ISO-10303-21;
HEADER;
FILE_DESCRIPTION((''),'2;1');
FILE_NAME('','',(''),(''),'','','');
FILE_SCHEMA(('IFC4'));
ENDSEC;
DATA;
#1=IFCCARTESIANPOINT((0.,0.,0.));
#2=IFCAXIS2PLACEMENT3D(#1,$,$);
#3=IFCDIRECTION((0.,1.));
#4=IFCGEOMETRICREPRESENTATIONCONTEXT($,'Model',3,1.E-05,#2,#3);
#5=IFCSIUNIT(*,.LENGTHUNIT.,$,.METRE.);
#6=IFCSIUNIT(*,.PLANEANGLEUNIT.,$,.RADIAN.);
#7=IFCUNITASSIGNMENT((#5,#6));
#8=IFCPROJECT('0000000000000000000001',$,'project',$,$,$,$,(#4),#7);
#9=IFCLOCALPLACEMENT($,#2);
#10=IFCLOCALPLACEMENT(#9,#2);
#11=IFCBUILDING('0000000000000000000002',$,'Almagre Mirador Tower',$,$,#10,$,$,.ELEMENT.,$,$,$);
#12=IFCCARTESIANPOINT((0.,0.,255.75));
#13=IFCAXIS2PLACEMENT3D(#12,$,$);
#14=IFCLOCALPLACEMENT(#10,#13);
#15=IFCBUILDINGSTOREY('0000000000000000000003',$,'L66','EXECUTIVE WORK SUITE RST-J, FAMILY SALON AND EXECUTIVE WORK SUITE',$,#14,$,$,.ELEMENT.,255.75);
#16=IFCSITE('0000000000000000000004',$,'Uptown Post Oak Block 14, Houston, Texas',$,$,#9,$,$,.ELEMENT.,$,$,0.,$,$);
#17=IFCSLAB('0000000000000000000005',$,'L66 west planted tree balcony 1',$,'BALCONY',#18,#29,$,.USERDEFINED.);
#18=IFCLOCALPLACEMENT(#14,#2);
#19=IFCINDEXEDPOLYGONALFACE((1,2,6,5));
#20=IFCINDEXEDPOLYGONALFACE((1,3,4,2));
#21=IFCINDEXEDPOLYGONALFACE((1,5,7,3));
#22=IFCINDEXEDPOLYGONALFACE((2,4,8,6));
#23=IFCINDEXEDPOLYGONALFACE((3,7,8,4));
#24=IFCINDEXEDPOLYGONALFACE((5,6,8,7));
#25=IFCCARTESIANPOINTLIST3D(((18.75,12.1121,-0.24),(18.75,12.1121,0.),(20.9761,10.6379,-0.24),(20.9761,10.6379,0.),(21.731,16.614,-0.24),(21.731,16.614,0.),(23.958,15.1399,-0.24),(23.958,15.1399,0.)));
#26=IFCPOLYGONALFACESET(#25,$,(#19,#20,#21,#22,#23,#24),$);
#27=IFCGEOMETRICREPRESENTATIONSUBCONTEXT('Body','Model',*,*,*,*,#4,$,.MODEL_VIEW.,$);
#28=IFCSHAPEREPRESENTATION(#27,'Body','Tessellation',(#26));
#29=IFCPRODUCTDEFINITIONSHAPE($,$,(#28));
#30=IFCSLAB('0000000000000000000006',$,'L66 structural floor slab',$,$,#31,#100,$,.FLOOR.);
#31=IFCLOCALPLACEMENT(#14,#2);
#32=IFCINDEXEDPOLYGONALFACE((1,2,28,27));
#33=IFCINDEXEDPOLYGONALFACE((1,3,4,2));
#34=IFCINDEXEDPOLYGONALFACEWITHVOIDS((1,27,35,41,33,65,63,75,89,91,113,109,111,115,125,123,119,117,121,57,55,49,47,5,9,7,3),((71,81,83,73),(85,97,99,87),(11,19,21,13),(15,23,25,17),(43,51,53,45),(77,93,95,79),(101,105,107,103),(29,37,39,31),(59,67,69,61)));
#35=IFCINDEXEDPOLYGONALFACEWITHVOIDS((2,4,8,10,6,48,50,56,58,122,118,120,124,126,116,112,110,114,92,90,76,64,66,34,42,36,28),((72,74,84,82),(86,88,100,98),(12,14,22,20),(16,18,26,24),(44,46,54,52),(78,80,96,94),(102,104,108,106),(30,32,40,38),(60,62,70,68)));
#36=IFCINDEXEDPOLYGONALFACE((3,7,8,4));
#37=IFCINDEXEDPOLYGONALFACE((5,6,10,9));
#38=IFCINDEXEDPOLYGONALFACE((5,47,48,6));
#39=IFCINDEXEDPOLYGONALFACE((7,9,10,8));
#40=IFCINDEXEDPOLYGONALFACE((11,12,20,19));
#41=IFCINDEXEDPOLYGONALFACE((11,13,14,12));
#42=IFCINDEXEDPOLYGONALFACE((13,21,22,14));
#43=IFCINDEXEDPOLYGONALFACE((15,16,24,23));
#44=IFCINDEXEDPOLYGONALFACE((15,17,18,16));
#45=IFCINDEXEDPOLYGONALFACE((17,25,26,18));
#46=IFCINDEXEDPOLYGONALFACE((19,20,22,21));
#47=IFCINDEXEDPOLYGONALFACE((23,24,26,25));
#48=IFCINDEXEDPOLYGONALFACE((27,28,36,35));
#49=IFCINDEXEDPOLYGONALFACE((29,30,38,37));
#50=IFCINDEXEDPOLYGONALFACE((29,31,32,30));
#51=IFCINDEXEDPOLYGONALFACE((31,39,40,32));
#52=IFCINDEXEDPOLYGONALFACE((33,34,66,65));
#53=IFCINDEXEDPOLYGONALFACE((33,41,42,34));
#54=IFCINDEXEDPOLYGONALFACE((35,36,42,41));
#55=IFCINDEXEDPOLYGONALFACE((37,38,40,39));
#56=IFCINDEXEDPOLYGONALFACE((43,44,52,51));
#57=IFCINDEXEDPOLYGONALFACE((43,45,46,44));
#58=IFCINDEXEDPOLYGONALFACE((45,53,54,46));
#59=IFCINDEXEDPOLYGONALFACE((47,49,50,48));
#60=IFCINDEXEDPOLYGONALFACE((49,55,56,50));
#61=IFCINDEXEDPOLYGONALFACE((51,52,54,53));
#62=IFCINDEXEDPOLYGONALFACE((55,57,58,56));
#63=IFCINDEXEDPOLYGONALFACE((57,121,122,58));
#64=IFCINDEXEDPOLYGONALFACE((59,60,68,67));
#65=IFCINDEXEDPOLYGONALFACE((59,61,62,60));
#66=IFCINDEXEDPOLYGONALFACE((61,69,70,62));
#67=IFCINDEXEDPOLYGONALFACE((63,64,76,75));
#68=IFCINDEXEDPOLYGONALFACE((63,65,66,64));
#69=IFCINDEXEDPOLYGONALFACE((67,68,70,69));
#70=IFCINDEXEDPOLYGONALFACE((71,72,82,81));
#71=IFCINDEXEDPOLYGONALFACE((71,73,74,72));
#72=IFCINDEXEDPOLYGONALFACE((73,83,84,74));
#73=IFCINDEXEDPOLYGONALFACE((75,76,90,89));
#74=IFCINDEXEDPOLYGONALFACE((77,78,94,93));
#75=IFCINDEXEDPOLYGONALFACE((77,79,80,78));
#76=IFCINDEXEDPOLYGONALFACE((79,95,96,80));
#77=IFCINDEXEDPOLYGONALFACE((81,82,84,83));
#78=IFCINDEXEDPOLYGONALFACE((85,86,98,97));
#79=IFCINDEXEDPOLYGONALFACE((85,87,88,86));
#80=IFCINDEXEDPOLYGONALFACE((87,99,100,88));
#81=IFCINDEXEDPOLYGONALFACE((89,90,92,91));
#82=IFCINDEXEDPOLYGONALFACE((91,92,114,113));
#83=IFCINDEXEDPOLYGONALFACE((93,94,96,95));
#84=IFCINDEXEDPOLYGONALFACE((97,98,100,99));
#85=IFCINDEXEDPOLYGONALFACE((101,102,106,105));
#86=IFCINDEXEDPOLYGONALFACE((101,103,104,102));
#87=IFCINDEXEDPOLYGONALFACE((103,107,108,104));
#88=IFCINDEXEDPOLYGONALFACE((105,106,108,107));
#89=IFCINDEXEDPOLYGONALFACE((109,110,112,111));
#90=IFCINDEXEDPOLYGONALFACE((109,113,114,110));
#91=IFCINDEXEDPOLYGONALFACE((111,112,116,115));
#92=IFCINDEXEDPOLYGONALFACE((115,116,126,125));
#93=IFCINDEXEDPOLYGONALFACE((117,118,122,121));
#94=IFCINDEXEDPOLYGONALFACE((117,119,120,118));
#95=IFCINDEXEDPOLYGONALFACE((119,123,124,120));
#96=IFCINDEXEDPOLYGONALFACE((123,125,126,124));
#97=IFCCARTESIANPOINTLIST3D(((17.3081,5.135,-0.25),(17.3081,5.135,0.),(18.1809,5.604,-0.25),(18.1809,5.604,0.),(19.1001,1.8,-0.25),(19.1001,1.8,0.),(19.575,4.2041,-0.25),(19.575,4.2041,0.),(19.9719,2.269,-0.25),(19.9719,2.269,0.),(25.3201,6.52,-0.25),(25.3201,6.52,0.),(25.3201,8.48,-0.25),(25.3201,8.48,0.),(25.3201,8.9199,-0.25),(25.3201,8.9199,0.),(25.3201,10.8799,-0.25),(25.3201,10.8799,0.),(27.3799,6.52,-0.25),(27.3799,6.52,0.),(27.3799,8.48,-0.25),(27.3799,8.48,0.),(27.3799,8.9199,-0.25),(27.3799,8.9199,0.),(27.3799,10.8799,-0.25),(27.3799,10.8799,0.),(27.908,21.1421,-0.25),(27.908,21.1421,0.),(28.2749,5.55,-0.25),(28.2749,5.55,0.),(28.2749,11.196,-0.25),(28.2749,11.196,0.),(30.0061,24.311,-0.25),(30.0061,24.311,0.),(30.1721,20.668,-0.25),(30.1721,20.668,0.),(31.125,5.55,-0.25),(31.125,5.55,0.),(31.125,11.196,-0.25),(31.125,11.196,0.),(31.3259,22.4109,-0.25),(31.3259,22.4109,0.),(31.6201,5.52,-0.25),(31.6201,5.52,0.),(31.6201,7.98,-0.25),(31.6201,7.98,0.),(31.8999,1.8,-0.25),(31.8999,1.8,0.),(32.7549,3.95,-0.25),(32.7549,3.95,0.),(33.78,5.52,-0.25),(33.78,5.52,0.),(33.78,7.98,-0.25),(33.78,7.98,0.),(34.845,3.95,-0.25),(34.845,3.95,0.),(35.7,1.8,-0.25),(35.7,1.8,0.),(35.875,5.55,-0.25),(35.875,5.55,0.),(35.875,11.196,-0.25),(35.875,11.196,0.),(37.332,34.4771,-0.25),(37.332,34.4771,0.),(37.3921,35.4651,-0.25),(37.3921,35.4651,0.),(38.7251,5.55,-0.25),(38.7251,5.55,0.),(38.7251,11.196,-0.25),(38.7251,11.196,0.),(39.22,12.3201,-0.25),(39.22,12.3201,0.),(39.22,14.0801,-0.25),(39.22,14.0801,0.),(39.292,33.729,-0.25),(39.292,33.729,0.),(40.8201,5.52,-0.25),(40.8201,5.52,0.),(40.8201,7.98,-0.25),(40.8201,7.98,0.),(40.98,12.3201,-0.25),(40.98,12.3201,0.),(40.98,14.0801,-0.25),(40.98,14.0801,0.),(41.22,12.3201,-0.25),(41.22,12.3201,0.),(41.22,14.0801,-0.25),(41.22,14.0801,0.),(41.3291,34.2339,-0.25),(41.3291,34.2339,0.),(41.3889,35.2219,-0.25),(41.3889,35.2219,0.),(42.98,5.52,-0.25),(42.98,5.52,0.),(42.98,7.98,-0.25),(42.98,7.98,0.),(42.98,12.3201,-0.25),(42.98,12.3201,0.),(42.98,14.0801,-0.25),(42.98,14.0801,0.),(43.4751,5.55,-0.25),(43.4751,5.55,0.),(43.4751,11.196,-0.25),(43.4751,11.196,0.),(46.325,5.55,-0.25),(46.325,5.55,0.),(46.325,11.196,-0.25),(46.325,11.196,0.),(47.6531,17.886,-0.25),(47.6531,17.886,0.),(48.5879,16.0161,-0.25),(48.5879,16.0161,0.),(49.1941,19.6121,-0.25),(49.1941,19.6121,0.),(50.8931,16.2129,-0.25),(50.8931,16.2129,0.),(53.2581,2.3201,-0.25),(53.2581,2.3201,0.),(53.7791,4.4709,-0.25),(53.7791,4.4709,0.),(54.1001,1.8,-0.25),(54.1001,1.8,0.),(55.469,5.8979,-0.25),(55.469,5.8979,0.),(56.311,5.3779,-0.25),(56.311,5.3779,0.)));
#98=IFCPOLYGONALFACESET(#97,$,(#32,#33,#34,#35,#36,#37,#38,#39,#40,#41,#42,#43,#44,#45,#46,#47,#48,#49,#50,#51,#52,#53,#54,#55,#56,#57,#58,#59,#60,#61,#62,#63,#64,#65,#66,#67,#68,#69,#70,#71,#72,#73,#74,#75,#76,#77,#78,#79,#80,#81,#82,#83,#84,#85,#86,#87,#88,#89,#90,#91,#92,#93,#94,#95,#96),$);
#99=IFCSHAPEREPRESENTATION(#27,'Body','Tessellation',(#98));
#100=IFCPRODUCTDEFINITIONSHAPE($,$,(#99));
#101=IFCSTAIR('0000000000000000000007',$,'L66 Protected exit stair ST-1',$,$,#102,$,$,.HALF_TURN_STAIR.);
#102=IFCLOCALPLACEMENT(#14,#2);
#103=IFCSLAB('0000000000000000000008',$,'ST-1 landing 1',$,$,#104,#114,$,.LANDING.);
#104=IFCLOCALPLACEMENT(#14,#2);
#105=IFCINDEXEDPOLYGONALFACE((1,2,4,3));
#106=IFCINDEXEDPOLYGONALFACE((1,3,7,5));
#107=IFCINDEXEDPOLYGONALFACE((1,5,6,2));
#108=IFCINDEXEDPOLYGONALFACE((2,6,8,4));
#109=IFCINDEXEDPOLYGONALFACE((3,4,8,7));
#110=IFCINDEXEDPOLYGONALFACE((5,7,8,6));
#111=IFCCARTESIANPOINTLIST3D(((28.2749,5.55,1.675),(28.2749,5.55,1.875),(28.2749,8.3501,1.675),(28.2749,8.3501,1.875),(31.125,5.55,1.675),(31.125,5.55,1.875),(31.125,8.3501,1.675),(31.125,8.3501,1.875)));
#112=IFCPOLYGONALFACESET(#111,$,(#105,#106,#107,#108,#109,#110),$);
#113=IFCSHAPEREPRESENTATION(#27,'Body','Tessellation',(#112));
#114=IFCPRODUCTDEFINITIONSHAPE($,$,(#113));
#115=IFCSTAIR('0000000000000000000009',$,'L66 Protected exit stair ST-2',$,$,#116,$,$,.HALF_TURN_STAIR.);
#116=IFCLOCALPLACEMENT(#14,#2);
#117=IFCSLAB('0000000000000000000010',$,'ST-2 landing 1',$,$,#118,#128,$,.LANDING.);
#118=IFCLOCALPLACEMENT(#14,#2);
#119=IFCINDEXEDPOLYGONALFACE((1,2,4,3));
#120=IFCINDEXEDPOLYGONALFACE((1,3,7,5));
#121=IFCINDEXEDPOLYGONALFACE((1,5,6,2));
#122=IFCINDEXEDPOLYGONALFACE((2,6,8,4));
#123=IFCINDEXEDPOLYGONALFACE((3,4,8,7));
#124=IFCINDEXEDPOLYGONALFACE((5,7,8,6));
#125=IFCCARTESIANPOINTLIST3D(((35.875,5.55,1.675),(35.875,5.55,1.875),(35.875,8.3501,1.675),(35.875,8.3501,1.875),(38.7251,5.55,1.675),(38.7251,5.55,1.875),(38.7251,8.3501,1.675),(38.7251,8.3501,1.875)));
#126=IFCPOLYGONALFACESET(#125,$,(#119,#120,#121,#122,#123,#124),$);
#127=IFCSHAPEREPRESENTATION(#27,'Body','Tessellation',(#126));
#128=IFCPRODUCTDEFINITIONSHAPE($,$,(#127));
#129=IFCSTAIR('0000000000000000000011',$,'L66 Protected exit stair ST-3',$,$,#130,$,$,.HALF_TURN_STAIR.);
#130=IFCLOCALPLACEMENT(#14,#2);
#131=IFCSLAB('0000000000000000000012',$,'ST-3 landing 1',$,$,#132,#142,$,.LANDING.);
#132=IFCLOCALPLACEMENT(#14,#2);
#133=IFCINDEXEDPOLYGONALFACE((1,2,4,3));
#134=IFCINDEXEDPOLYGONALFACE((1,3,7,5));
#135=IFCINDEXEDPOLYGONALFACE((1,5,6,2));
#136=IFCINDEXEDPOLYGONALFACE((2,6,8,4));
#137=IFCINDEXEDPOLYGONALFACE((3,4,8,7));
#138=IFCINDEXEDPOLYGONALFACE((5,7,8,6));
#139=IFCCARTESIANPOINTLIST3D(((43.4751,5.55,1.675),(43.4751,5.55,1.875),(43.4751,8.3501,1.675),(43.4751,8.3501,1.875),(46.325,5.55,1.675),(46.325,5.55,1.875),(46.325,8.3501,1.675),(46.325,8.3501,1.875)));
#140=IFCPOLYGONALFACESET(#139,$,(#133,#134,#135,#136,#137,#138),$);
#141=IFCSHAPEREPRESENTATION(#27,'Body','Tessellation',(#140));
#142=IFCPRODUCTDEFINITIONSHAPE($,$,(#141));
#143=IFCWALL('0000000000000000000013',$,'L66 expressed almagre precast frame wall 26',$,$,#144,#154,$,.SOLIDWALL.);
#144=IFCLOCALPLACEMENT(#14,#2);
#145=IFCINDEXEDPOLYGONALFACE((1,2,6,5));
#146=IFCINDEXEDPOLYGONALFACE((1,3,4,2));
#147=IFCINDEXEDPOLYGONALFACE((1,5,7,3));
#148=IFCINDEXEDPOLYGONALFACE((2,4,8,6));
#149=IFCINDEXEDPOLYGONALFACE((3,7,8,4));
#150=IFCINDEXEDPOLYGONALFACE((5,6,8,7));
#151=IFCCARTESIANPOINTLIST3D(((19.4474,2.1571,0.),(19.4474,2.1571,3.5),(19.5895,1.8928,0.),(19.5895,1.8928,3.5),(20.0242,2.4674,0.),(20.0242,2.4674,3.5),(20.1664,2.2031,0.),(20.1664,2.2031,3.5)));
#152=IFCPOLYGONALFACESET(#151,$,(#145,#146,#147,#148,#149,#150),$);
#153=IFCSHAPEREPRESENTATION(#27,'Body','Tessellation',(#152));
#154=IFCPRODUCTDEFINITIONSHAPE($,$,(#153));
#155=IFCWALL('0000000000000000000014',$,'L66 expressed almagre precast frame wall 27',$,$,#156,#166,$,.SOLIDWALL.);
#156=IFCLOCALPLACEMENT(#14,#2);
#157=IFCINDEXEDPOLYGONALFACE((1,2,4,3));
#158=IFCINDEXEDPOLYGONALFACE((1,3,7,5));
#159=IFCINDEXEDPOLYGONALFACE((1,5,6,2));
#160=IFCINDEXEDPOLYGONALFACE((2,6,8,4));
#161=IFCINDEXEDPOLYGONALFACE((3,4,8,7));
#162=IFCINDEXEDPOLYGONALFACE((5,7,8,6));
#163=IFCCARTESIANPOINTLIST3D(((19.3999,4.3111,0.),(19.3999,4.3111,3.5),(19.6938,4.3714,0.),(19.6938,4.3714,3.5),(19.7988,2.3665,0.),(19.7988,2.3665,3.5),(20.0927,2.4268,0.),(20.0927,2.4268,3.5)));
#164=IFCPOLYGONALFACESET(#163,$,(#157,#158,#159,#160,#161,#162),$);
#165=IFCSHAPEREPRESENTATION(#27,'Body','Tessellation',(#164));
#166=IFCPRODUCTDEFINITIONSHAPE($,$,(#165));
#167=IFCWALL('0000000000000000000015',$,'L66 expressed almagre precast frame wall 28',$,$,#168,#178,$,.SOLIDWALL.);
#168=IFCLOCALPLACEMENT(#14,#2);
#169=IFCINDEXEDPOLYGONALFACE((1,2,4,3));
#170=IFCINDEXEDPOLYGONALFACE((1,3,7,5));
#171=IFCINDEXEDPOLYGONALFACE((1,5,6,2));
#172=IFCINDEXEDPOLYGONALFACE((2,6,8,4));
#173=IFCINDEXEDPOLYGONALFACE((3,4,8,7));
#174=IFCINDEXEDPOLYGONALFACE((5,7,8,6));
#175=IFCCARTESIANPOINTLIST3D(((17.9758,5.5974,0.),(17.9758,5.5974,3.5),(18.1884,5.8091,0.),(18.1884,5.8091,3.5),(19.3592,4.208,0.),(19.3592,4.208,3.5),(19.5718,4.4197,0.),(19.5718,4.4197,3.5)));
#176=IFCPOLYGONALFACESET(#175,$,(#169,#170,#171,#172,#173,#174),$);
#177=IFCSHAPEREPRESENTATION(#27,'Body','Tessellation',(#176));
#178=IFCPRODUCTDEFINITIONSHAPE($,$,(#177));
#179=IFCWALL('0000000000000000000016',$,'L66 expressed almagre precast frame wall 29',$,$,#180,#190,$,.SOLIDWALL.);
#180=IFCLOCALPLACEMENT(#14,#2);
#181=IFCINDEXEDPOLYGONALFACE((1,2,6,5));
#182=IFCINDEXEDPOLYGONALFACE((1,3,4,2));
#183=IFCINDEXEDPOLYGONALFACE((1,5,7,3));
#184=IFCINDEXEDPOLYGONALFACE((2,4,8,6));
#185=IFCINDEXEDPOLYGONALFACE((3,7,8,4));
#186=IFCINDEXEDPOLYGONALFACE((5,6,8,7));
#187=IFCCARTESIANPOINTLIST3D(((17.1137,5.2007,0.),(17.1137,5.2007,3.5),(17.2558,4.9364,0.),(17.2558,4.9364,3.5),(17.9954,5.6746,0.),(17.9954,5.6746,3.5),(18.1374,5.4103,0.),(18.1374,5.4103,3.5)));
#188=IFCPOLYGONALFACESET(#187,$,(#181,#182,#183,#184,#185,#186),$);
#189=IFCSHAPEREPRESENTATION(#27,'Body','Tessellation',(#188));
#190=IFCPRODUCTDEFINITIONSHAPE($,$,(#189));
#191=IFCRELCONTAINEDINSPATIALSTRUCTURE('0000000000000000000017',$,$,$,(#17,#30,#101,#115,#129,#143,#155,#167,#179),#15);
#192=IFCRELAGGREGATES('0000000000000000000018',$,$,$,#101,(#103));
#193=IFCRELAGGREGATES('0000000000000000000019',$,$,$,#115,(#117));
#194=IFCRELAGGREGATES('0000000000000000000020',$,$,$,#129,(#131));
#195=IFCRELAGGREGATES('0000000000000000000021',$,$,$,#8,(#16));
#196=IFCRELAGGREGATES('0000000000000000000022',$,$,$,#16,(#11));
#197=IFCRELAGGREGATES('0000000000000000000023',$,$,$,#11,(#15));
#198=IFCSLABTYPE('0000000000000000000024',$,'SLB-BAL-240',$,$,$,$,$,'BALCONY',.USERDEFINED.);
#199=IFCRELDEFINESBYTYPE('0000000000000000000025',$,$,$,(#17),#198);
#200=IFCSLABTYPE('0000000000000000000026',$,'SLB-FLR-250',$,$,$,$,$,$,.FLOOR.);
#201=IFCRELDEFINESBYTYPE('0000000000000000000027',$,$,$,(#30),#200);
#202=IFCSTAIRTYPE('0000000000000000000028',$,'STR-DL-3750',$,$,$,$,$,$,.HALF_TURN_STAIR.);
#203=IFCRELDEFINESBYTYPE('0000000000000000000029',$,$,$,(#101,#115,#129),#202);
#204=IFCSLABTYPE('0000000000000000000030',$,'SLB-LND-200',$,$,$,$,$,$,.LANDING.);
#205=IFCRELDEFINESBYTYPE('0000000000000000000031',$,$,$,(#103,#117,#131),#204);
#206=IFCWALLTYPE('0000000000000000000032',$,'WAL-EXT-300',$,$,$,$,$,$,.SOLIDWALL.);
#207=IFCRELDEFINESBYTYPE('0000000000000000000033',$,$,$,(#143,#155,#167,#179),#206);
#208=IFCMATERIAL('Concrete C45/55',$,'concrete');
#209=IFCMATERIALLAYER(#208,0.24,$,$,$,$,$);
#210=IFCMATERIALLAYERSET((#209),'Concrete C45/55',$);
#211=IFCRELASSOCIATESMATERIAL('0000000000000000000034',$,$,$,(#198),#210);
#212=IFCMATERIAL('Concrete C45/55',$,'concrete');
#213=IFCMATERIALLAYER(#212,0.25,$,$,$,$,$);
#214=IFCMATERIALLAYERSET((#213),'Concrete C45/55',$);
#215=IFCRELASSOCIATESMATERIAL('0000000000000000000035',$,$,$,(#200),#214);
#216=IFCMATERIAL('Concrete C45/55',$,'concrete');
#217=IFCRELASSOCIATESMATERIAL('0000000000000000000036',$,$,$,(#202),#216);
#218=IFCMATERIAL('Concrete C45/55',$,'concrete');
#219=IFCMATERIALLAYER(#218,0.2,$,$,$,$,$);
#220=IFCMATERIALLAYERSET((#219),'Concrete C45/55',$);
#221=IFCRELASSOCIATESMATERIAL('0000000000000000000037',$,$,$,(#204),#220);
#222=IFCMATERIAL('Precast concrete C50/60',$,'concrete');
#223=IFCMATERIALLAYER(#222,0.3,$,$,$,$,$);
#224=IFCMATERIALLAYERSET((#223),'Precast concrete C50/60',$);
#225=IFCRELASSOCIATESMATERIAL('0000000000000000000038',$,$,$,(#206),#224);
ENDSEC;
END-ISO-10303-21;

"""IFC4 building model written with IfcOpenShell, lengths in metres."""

from ifc_helpers import new_model, si_unit, direction, frame, frame_2d, origin, place, context, subcontext, project, spatial, polyline, rectangle, outline, extrude, material, layer, layer_set, type_object, element, aggregate, save


model = new_model("IFC4")

# Units and contexts
model_context = context("Model", 3, precision=1e-05, world=origin(), true_north=direction((0.0, 1.0)))
body_context = subcontext(model_context, "Body", "Model", "MODEL_VIEW")
ifc_project = project(units=[si_unit("LENGTHUNIT", "METRE"), si_unit("PLANEANGLEUNIT", "RADIAN")], contexts=[model_context])

# Site, building, storey
site_placement = place(None, origin())
site = spatial("IfcSite", under=ifc_project, at=site_placement, Name="Uptown Post Oak Block 14, Houston, Texas", CompositionType="ELEMENT", RefElevation=0.0)
building_placement = place(site_placement, origin())
building = spatial("IfcBuilding", under=site, at=building_placement, Name="Almagre Mirador Tower", CompositionType="ELEMENT")
storey_placement = place(building_placement, frame((0.0, 0.0, 255.75)))
storey = spatial("IfcBuildingStorey", under=building, at=storey_placement, Name="L66", Description="EXECUTIVE WORK SUITE RST-J, FAMILY SALON AND EXECUTIVE WORK SUITE", CompositionType="ELEMENT", Elevation=255.75)

# Slabs
ifc_material_1 = material(Name="Concrete C45/55", Category="concrete")
ifc_layer_1 = layer(ifc_material_1, 0.24)
ifc_layer_set_1 = layer_set([ifc_layer_1], Name="Concrete C45/55")
slab_type_1 = type_object("IfcSlabType", Name="SLB-BAL-240", ElementType="BALCONY", PredefinedType="USERDEFINED", material=ifc_layer_set_1)
slab_1_placement = place(storey_placement, frame((0.0, 0.0, -0.24)))
element("IfcSlab", 1, at=slab_1_placement, inside=storey, type_object=slab_type_1, Name="L66 west planted tree balcony 1", ObjectType="BALCONY", PredefinedType="USERDEFINED", context=body_context, shape_type="SweptSolid", body=[
    extrude(outline(polyline([(23.958, 15.1399), (20.9761, 10.6379), (18.75, 12.1121), (21.731, 16.614), (23.958, 15.1399)])), origin(), (0.0, 0.0, 1.0), 0.24),
])
ifc_material_2 = material(Name="Concrete C45/55", Category="concrete")
ifc_layer_2 = layer(ifc_material_2, 0.25)
ifc_layer_set_2 = layer_set([ifc_layer_2], Name="Concrete C45/55")
slab_type_2 = type_object("IfcSlabType", Name="SLB-FLR-250", PredefinedType="FLOOR", material=ifc_layer_set_2)
slab_2_placement = place(storey_placement, frame((0.0, 0.0, -0.25)))
element("IfcSlab", 2, at=slab_2_placement, inside=storey, type_object=slab_type_2, Name="L66 structural floor slab", PredefinedType="FLOOR", context=body_context, shape_type="SweptSolid", body=[
    extrude(outline(polyline([(17.3081, 5.135), (18.1809, 5.604), (19.575, 4.2041), (19.9719, 2.269), (19.1001, 1.8), (31.8999, 1.8), (32.7549, 3.95), (34.845, 3.95), (35.7, 1.8), (54.1001, 1.8), (53.2581, 2.3201), (53.7791, 4.4709), (55.469, 5.8979), (56.311, 5.3779), (50.8931, 16.2129), (48.5879, 16.0161), (47.6531, 17.886), (49.1941, 19.6121), (41.3889, 35.2219), (41.3291, 34.2339), (39.292, 33.729), (37.332, 34.4771), (37.3921, 35.4651), (30.0061, 24.311), (31.3259, 22.4109), (30.1721, 20.668), (27.908, 21.1421), (17.3081, 5.135)]), holes=[polyline([(43.4751, 5.55), (43.4751, 11.196), (46.325, 11.196), (46.325, 5.55), (43.4751, 5.55)]), polyline([(41.22, 12.3201), (41.22, 14.0801), (42.98, 14.0801), (42.98, 12.3201), (41.22, 12.3201)]), polyline([(42.98, 5.52), (40.8201, 5.52), (40.8201, 7.98), (42.98, 7.98), (42.98, 5.52)]), polyline([(39.22, 12.3201), (39.22, 14.0801), (40.98, 14.0801), (40.98, 12.3201), (39.22, 12.3201)]), polyline([(35.875, 5.55), (35.875, 11.196), (38.7251, 11.196), (38.7251, 5.55), (35.875, 5.55)]), polyline([(33.78, 5.52), (31.6201, 5.52), (31.6201, 7.98), (33.78, 7.98), (33.78, 5.52)]), polyline([(28.2749, 5.55), (28.2749, 11.196), (31.125, 11.196), (31.125, 5.55), (28.2749, 5.55)]), polyline([(27.3799, 6.52), (25.3201, 6.52), (25.3201, 8.48), (27.3799, 8.48), (27.3799, 6.52)]), polyline([(27.3799, 8.9199), (25.3201, 8.9199), (25.3201, 10.8799), (27.3799, 10.8799), (27.3799, 8.9199)])]), origin(), (0.0, 0.0, 1.0), 0.25),
])

# Stairs, slabs
ifc_material_3 = material(Name="Concrete C45/55", Category="concrete")
stair_type = type_object("IfcStairType", Name="STR-DL-3750", PredefinedType="HALF_TURN_STAIR", material=ifc_material_3)
stair_1_placement = place(storey_placement, origin())
stair_1 = element("IfcStair", 3, at=stair_1_placement, inside=storey, type_object=stair_type, Name="L66 Protected exit stair ST-1", PredefinedType="HALF_TURN_STAIR")
ifc_material_4 = material(Name="Concrete C45/55", Category="concrete")
ifc_layer_3 = layer(ifc_material_4, 0.2)
ifc_layer_set_3 = layer_set([ifc_layer_3], Name="Concrete C45/55")
slab_type_3 = type_object("IfcSlabType", Name="SLB-LND-200", PredefinedType="LANDING", material=ifc_layer_set_3)
slab_3_placement = place(storey_placement, frame((0.0, 0.0, 1.675)))
slab_3 = element("IfcSlab", 4, at=slab_3_placement, type_object=slab_type_3, Name="ST-1 landing 1", PredefinedType="LANDING", context=body_context, shape_type="SweptSolid", body=[
    extrude(outline(polyline([(28.2749, 8.3501), (28.2749, 5.55), (31.125, 5.55), (31.125, 8.3501), (28.2749, 8.3501)])), origin(), (0.0, 0.0, 1.0), 0.2),
])
aggregate(stair_1, [slab_3])
stair_2_placement = place(storey_placement, origin())
stair_2 = element("IfcStair", 5, at=stair_2_placement, inside=storey, type_object=stair_type, Name="L66 Protected exit stair ST-2", PredefinedType="HALF_TURN_STAIR")
slab_4_placement = place(storey_placement, frame((0.0, 0.0, 1.675)))
slab_4 = element("IfcSlab", 6, at=slab_4_placement, type_object=slab_type_3, Name="ST-2 landing 1", PredefinedType="LANDING", context=body_context, shape_type="SweptSolid", body=[
    extrude(outline(polyline([(35.875, 8.3501), (35.875, 5.55), (38.7251, 5.55), (38.7251, 8.3501), (35.875, 8.3501)])), origin(), (0.0, 0.0, 1.0), 0.2),
])
aggregate(stair_2, [slab_4])
stair_3_placement = place(storey_placement, origin())
stair_3 = element("IfcStair", 7, at=stair_3_placement, inside=storey, type_object=stair_type, Name="L66 Protected exit stair ST-3", PredefinedType="HALF_TURN_STAIR")
slab_5_placement = place(storey_placement, frame((0.0, 0.0, 1.675)))
slab_5 = element("IfcSlab", 8, at=slab_5_placement, type_object=slab_type_3, Name="ST-3 landing 1", PredefinedType="LANDING", context=body_context, shape_type="SweptSolid", body=[
    extrude(outline(polyline([(43.4751, 8.3501), (43.4751, 5.55), (46.325, 5.55), (46.325, 8.3501), (43.4751, 8.3501)])), origin(), (0.0, 0.0, 1.0), 0.2),
])
aggregate(stair_3, [slab_5])

# Walls
ifc_material_5 = material(Name="Precast concrete C50/60", Category="concrete")
ifc_layer_4 = layer(ifc_material_5, 0.3)
ifc_layer_set_4 = layer_set([ifc_layer_4], Name="Precast concrete C50/60")
wall_type_1 = type_object("IfcWallType", Name="WAL-EXT-300", PredefinedType="SOLIDWALL", material=ifc_layer_set_4)
wall_1_placement = place(storey_placement, frame((19.5183, 2.0249, 0.0), z_axis=(0.0, 0.0, 1.0), x_axis=(0.880686, 0.4737, 0.0)))
element("IfcWall", 9, at=wall_1_placement, inside=storey, type_object=wall_type_1, Name="L66 expressed almagre precast frame wall 26", PredefinedType="SOLIDWALL", context=body_context, shape_type="SweptSolid", body=[
    extrude(rectangle(XDim=0.655, YDim=0.3, at=frame_2d((0.3276, 0.0))), origin(), (0.0, 0.0, 1.0), 3.5),
])
wall_2_placement = place(storey_placement, frame((19.9458, 2.3965, 0.0), z_axis=(0.0, 0.0, 1.0), x_axis=(-0.200962, 0.979599, 0.0)))
element("IfcWall", 10, at=wall_2_placement, inside=storey, type_object=wall_type_1, Name="L66 expressed almagre precast frame wall 27", PredefinedType="SOLIDWALL", context=body_context, shape_type="SweptSolid", body=[
    extrude(rectangle(XDim=1.9851, YDim=0.3, at=frame_2d((0.9927, 0.0))), origin(), (0.0, 0.0, 1.0), 3.5),
])
wall_3_placement = place(storey_placement, frame((19.4656, 4.3137, 0.0), z_axis=(0.0, 0.0, 1.0), x_axis=(-0.705549, 0.708662, 0.0)))
element("IfcWall", 11, at=wall_3_placement, inside=storey, type_object=wall_type_1, Name="L66 expressed almagre precast frame wall 28", PredefinedType="SOLIDWALL", context=body_context, shape_type="SweptSolid", body=[
    extrude(rectangle(XDim=1.9607, YDim=0.3, at=frame_2d((0.9805, 0.0))), origin(), (0.0, 0.0, 1.0), 3.5),
])
wall_4_placement = place(storey_placement, frame((18.0664, 5.5425, 0.0), z_axis=(0.0, 0.0, 1.0), x_axis=(-0.880815, -0.47346, 0.0)))
element("IfcWall", 12, at=wall_4_placement, inside=storey, type_object=wall_type_1, Name="L66 expressed almagre precast frame wall 29", PredefinedType="SOLIDWALL", context=body_context, shape_type="SweptSolid", body=[
    extrude(rectangle(XDim=1.001, YDim=0.3, at=frame_2d((0.5005, 0.0))), origin(), (0.0, 0.0, 1.0), 3.5),
])

save(model, "model.ifc")
